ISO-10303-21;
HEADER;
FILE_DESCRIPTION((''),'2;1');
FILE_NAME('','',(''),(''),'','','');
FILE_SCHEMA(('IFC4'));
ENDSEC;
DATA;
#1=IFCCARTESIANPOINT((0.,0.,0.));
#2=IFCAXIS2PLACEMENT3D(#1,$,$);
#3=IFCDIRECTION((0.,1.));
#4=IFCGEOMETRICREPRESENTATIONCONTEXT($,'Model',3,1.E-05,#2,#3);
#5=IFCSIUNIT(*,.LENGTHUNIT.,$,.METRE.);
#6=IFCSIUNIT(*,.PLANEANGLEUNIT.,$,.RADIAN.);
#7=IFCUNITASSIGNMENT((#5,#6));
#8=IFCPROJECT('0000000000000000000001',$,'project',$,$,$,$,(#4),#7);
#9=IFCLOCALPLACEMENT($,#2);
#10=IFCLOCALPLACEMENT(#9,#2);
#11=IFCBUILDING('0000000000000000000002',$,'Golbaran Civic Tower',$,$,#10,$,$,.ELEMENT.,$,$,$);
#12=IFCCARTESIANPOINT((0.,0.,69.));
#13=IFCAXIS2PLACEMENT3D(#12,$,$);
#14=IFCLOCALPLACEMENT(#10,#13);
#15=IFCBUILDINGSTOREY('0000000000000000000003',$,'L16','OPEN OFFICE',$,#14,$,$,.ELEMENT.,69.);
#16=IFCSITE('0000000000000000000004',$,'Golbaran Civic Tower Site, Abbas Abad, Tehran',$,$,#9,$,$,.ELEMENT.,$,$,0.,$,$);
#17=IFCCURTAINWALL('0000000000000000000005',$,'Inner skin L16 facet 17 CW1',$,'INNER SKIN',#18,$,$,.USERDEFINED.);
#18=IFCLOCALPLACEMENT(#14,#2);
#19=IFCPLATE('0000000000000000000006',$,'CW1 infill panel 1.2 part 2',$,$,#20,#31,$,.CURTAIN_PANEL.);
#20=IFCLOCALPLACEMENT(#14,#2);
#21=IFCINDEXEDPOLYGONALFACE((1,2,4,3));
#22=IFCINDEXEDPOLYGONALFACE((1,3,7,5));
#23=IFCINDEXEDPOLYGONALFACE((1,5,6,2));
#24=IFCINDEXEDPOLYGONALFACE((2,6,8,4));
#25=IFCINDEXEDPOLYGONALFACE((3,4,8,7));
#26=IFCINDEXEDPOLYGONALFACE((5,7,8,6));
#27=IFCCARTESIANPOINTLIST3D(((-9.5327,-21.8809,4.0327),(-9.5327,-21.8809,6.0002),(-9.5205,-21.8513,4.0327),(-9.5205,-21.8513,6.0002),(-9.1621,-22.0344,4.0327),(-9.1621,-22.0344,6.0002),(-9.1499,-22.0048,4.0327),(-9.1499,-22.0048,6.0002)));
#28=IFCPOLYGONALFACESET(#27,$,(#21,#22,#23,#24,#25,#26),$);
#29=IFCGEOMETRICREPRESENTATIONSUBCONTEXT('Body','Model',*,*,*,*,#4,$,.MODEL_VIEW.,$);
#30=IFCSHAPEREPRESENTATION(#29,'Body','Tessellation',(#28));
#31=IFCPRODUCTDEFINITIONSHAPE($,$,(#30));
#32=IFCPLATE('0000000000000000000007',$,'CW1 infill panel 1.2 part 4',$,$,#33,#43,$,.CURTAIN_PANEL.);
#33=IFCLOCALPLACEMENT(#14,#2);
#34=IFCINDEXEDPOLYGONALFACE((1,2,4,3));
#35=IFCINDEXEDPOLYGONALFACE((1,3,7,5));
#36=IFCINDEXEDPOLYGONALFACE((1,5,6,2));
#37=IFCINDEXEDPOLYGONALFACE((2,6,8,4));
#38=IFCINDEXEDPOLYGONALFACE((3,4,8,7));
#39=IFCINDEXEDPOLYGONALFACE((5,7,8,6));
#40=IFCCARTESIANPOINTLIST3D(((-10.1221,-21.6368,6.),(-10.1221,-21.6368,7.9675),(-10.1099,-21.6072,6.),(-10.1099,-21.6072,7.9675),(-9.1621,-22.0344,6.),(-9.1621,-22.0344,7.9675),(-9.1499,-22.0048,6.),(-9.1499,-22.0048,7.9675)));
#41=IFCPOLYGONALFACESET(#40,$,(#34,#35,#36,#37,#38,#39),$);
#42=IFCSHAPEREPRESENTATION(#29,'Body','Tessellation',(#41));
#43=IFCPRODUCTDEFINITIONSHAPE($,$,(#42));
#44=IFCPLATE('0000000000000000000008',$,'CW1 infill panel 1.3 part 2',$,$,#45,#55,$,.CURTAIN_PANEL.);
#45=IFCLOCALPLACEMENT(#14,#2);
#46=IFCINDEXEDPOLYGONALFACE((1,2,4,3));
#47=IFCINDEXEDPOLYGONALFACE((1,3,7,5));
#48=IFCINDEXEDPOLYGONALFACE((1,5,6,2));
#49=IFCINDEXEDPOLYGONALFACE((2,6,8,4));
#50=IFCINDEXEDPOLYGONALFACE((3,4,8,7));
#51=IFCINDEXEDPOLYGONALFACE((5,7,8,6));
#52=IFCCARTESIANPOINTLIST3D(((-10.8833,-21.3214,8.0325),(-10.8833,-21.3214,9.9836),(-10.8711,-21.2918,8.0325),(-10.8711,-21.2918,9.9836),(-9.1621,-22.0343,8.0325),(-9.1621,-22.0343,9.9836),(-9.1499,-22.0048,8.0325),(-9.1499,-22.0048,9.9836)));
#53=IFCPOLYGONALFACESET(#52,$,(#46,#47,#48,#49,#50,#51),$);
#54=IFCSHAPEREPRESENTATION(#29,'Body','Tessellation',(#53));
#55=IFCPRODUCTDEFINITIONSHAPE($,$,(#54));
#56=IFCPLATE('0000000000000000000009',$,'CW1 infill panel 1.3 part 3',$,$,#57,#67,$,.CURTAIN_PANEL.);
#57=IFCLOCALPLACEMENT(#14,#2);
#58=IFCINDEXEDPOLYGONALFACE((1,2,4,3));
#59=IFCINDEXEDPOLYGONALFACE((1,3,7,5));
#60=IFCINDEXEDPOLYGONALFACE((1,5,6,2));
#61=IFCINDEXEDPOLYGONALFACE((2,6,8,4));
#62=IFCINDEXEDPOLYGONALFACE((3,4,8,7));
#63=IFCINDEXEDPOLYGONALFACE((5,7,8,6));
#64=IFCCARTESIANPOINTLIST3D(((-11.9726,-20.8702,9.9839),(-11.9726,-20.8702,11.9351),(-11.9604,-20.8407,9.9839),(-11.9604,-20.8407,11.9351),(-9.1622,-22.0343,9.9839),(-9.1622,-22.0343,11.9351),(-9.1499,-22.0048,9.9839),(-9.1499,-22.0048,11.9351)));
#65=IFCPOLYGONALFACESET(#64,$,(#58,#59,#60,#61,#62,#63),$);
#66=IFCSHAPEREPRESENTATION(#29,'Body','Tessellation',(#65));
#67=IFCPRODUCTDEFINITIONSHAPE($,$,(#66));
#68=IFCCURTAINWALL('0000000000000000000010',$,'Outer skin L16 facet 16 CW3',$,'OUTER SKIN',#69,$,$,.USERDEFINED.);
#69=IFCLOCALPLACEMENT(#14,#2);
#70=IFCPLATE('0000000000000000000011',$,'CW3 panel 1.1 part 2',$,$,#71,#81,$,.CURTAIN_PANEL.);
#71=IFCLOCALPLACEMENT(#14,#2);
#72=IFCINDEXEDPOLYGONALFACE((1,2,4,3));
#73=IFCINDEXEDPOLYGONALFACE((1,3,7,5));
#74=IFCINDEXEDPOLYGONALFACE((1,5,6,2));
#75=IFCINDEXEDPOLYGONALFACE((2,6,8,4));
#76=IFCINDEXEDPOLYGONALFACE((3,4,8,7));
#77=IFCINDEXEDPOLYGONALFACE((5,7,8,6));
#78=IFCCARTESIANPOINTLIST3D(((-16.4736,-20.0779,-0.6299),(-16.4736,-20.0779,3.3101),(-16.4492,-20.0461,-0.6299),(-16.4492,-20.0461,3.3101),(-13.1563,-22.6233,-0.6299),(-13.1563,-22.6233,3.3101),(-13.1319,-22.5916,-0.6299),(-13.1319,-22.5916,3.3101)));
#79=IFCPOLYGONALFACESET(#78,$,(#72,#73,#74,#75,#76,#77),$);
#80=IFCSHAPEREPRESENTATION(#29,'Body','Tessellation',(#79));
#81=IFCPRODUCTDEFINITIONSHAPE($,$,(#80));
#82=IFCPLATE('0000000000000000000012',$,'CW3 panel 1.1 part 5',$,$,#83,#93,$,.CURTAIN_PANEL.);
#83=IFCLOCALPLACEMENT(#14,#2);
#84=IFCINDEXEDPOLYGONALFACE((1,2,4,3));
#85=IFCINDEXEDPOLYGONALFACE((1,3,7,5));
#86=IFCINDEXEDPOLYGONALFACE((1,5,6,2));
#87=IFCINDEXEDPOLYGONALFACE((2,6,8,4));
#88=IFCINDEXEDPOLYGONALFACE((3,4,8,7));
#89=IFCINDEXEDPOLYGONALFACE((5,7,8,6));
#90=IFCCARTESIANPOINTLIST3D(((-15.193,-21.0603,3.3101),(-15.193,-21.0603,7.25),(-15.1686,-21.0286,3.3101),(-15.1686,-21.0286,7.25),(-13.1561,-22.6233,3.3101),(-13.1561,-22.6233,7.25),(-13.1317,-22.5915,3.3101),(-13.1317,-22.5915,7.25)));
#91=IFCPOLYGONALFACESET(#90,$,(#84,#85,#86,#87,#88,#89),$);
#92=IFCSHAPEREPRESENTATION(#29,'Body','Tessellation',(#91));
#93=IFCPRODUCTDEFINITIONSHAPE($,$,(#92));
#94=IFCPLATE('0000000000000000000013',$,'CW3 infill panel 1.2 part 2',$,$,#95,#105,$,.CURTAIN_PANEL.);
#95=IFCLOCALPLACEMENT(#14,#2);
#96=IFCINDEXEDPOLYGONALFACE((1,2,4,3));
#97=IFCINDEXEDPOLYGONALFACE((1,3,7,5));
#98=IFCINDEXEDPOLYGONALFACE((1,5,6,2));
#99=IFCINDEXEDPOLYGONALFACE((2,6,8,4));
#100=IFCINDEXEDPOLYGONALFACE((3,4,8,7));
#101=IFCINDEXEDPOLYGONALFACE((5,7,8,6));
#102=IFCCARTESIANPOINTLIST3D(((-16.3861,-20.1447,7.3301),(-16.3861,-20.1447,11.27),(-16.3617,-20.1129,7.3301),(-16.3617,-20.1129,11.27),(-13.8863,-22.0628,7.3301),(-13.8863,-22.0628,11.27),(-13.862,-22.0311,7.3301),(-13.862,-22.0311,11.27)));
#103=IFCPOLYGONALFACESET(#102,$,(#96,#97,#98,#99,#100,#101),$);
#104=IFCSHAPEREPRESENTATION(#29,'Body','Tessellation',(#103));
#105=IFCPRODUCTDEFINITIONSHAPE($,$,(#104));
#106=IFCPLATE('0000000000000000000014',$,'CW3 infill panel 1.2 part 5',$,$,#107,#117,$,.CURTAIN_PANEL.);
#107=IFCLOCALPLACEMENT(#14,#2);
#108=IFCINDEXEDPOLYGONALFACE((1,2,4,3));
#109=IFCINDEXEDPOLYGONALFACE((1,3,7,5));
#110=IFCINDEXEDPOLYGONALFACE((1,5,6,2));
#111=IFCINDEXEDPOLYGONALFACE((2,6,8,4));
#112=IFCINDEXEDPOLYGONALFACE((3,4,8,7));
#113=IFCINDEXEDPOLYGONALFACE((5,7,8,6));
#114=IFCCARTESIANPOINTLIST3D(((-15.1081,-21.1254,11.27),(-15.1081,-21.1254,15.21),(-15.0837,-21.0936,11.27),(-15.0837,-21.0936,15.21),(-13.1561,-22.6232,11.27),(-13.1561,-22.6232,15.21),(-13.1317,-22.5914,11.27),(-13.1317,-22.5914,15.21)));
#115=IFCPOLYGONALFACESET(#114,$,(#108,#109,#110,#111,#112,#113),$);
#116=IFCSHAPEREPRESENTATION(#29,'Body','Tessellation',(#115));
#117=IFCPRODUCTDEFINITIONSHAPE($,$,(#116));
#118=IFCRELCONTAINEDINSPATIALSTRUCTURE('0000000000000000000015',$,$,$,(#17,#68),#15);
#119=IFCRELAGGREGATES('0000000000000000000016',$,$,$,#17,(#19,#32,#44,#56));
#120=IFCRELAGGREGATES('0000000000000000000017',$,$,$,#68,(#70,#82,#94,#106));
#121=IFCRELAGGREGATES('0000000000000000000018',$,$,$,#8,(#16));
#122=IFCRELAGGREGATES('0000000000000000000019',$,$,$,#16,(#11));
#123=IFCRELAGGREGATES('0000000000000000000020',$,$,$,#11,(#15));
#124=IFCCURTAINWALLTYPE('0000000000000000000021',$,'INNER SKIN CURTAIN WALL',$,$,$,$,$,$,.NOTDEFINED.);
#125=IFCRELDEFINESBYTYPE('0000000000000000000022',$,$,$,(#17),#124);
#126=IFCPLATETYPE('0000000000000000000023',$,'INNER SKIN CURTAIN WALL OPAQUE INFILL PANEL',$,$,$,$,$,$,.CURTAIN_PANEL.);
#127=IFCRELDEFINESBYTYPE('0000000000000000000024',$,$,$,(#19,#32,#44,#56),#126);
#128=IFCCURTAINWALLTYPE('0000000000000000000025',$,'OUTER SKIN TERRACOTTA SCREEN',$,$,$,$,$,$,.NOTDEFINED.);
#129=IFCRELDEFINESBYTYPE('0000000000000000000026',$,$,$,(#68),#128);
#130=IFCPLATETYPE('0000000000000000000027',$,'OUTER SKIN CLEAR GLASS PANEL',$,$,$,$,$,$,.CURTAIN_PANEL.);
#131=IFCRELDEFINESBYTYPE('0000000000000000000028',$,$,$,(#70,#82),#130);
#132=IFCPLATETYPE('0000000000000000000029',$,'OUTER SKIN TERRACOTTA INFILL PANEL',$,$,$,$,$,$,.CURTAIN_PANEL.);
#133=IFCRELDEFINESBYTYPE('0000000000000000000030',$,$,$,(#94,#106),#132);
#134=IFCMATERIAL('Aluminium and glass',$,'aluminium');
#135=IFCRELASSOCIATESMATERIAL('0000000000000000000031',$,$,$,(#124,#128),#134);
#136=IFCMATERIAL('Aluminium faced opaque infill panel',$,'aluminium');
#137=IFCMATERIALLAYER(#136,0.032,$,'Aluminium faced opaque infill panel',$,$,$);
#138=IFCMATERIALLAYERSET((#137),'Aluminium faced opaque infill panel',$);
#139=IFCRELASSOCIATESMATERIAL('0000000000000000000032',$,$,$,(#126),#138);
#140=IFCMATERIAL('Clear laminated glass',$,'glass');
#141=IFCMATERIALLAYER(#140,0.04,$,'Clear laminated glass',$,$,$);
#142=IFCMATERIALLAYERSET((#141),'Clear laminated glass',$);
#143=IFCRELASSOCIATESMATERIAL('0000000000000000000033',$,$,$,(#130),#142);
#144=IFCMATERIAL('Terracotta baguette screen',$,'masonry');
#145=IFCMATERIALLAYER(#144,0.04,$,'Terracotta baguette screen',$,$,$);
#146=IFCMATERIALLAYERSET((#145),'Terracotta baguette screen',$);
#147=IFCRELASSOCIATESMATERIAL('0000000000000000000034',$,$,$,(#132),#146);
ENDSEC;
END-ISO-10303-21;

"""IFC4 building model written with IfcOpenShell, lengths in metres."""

from ifc_helpers import new_model, si_unit, direction, frame, origin, origin_2d, place, context, subcontext, project, spatial, rectangle, extrude, material, layer, layer_set, type_object, element, aggregate, save


model = new_model("IFC4")

# Units and contexts
model_context = context("Model", 3, precision=1e-05, world=origin(), true_north=direction((0.0, 1.0)))
body_context = subcontext(model_context, "Body", "Model", "MODEL_VIEW")
ifc_project = project(units=[si_unit("LENGTHUNIT", "METRE"), si_unit("PLANEANGLEUNIT", "RADIAN")], contexts=[model_context])

# Site, building, storey
site_placement = place(None, origin())
site = spatial("IfcSite", under=ifc_project, at=site_placement, Name="Golbaran Civic Tower Site, Abbas Abad, Tehran", CompositionType="ELEMENT", RefElevation=0.0)
building_placement = place(site_placement, origin())
building = spatial("IfcBuilding", under=site, at=building_placement, Name="Golbaran Civic Tower", CompositionType="ELEMENT")
storey_placement = place(building_placement, frame((0.0, 0.0, 69.0)))
storey = spatial("IfcBuildingStorey", under=building, at=storey_placement, Name="L16", Description="OPEN OFFICE", CompositionType="ELEMENT", Elevation=69.0)

# Curtain wall
ifc_material_1 = material(Name="Aluminium and glass", Category="aluminium")
curtain_wall_type_1 = type_object("IfcCurtainWallType", Name="INNER SKIN CURTAIN WALL", PredefinedType="NOTDEFINED", material=ifc_material_1)
curtain_wall_1_placement = place(storey_placement, origin())
curtain_wall_1 = element("IfcCurtainWall", 1, at=curtain_wall_1_placement, inside=storey, type_object=curtain_wall_type_1, Name="Inner skin L16 facet 17 CW1", ObjectType="INNER SKIN", PredefinedType="USERDEFINED")

# Plates
ifc_material_2 = material(Name="Aluminium faced opaque infill panel", Category="aluminium")
ifc_layer_1 = layer(ifc_material_2, 0.032, Name="Aluminium faced opaque infill panel")
ifc_layer_set_1 = layer_set([ifc_layer_1], Name="Aluminium faced opaque infill panel")
plate_type_1 = type_object("IfcPlateType", Name="INNER SKIN CURTAIN WALL OPAQUE INFILL PANEL", PredefinedType="CURTAIN_PANEL", material=ifc_layer_set_1)
plate_1_placement = place(storey_placement, frame((-9.3413, -21.9429, 4.0327), z_axis=(0.0, 0.0, 1.0), x_axis=(0.92388, -0.382683, 0.0)))
plate_1 = element("IfcPlate", 2, at=plate_1_placement, type_object=plate_type_1, Name="CW1 infill panel 1.2 part 2", PredefinedType="CURTAIN_PANEL", context=body_context, shape_type="SweptSolid", body=[
    extrude(rectangle(XDim=0.4011, YDim=0.032, at=origin_2d()), origin(), (0.0, 0.0, 1.0), 1.9675),
])
plate_2_placement = place(storey_placement, frame((-9.636, -21.8208, 6.0), z_axis=(0.0, 0.0, 1.0), x_axis=(0.92388, -0.382683, 0.0)))
plate_2 = element("IfcPlate", 3, at=plate_2_placement, type_object=plate_type_1, Name="CW1 infill panel 1.2 part 4", PredefinedType="CURTAIN_PANEL", context=body_context, shape_type="SweptSolid", body=[
    extrude(rectangle(XDim=1.0391, YDim=0.032, at=origin_2d()), origin(), (0.0, 0.0, 1.0), 1.9675),
])
plate_3_placement = place(storey_placement, frame((-10.0166, -21.6631, 8.0325), z_axis=(0.0, 0.0, 1.0), x_axis=(0.92388, -0.382683, 0.0)))
plate_3 = element("IfcPlate", 4, at=plate_3_placement, type_object=plate_type_1, Name="CW1 infill panel 1.3 part 2", PredefinedType="CURTAIN_PANEL", context=body_context, shape_type="SweptSolid", body=[
    extrude(rectangle(XDim=1.863, YDim=0.032, at=origin_2d()), origin(), (0.0, 0.0, 1.0), 1.9512),
])
plate_4_placement = place(storey_placement, frame((-10.5613, -21.4375, 9.9839), z_axis=(0.0, 0.0, 1.0), x_axis=(0.92388, -0.382683, 0.0)))
plate_4 = element("IfcPlate", 5, at=plate_4_placement, type_object=plate_type_1, Name="CW1 infill panel 1.3 part 3", PredefinedType="CURTAIN_PANEL", context=body_context, shape_type="SweptSolid", body=[
    extrude(rectangle(XDim=3.042, YDim=0.032, at=origin_2d()), origin(), (0.0, 0.0, 1.0), 1.9512),
])
aggregate(curtain_wall_1, [plate_1, plate_2, plate_3, plate_4])

# Curtain wall, plates
curtain_wall_type_2 = type_object("IfcCurtainWallType", Name="OUTER SKIN TERRACOTTA SCREEN", PredefinedType="NOTDEFINED", material=ifc_material_1)
curtain_wall_2_placement = place(storey_placement, origin())
curtain_wall_2 = element("IfcCurtainWall", 6, at=curtain_wall_2_placement, inside=storey, type_object=curtain_wall_type_2, Name="Outer skin L16 facet 16 CW3", ObjectType="OUTER SKIN", PredefinedType="USERDEFINED")
ifc_material_3 = material(Name="Clear laminated glass", Category="glass")
ifc_layer_2 = layer(ifc_material_3, 0.04, Name="Clear laminated glass")
ifc_layer_set_2 = layer_set([ifc_layer_2], Name="Clear laminated glass")
plate_type_2 = type_object("IfcPlateType", Name="OUTER SKIN CLEAR GLASS PANEL", PredefinedType="CURTAIN_PANEL", material=ifc_layer_set_2)
plate_5_placement = place(storey_placement, frame((-14.8027, -21.3347, -0.6299), z_axis=(0.0, 0.0, 1.0), x_axis=(0.793353, -0.608761, 0.0)))
plate_5 = element("IfcPlate", 7, at=plate_5_placement, type_object=plate_type_2, Name="CW3 panel 1.1 part 2", PredefinedType="CURTAIN_PANEL", context=body_context, shape_type="SweptSolid", body=[
    extrude(rectangle(XDim=4.1814, YDim=0.04, at=origin_2d()), origin(), (0.0, 0.0, 1.0), 3.9399),
])
plate_6_placement = place(storey_placement, frame((-14.1624, -21.8259, 3.3101), z_axis=(0.0, 0.0, 1.0), x_axis=(0.793353, -0.608761, 0.0)))
plate_6 = element("IfcPlate", 8, at=plate_6_placement, type_object=plate_type_2, Name="CW3 panel 1.1 part 5", PredefinedType="CURTAIN_PANEL", context=body_context, shape_type="SweptSolid", body=[
    extrude(rectangle(XDim=2.5674, YDim=0.04, at=origin_2d()), origin(), (0.0, 0.0, 1.0), 3.9399),
])
ifc_material_4 = material(Name="Terracotta baguette screen", Category="masonry")
ifc_layer_3 = layer(ifc_material_4, 0.04, Name="Terracotta baguette screen")
ifc_layer_set_3 = layer_set([ifc_layer_3], Name="Terracotta baguette screen")
plate_type_3 = type_object("IfcPlateType", Name="OUTER SKIN TERRACOTTA INFILL PANEL", PredefinedType="CURTAIN_PANEL", material=ifc_layer_set_3)
plate_7_placement = place(storey_placement, frame((-15.124, -21.0879, 7.3301), z_axis=(0.0, 0.0, 1.0), x_axis=(0.793353, -0.608761, 0.0)))
plate_7 = element("IfcPlate", 9, at=plate_7_placement, type_object=plate_type_3, Name="CW3 infill panel 1.2 part 2", PredefinedType="CURTAIN_PANEL", context=body_context, shape_type="SweptSolid", body=[
    extrude(rectangle(XDim=3.1509, YDim=0.04, at=origin_2d()), origin(), (0.0, 0.0, 1.0), 3.9399),
])
plate_8_placement = place(storey_placement, frame((-14.1199, -21.8584, 11.27), z_axis=(0.0, 0.0, 1.0), x_axis=(0.793353, -0.608761, 0.0)))
plate_8 = element("IfcPlate", 10, at=plate_8_placement, type_object=plate_type_3, Name="CW3 infill panel 1.2 part 5", PredefinedType="CURTAIN_PANEL", context=body_context, shape_type="SweptSolid", body=[
    extrude(rectangle(XDim=2.4604, YDim=0.04, at=origin_2d()), origin(), (0.0, 0.0, 1.0), 3.9399),
])
aggregate(curtain_wall_2, [plate_5, plate_6, plate_7, plate_8])

save(model, "model.ifc")
